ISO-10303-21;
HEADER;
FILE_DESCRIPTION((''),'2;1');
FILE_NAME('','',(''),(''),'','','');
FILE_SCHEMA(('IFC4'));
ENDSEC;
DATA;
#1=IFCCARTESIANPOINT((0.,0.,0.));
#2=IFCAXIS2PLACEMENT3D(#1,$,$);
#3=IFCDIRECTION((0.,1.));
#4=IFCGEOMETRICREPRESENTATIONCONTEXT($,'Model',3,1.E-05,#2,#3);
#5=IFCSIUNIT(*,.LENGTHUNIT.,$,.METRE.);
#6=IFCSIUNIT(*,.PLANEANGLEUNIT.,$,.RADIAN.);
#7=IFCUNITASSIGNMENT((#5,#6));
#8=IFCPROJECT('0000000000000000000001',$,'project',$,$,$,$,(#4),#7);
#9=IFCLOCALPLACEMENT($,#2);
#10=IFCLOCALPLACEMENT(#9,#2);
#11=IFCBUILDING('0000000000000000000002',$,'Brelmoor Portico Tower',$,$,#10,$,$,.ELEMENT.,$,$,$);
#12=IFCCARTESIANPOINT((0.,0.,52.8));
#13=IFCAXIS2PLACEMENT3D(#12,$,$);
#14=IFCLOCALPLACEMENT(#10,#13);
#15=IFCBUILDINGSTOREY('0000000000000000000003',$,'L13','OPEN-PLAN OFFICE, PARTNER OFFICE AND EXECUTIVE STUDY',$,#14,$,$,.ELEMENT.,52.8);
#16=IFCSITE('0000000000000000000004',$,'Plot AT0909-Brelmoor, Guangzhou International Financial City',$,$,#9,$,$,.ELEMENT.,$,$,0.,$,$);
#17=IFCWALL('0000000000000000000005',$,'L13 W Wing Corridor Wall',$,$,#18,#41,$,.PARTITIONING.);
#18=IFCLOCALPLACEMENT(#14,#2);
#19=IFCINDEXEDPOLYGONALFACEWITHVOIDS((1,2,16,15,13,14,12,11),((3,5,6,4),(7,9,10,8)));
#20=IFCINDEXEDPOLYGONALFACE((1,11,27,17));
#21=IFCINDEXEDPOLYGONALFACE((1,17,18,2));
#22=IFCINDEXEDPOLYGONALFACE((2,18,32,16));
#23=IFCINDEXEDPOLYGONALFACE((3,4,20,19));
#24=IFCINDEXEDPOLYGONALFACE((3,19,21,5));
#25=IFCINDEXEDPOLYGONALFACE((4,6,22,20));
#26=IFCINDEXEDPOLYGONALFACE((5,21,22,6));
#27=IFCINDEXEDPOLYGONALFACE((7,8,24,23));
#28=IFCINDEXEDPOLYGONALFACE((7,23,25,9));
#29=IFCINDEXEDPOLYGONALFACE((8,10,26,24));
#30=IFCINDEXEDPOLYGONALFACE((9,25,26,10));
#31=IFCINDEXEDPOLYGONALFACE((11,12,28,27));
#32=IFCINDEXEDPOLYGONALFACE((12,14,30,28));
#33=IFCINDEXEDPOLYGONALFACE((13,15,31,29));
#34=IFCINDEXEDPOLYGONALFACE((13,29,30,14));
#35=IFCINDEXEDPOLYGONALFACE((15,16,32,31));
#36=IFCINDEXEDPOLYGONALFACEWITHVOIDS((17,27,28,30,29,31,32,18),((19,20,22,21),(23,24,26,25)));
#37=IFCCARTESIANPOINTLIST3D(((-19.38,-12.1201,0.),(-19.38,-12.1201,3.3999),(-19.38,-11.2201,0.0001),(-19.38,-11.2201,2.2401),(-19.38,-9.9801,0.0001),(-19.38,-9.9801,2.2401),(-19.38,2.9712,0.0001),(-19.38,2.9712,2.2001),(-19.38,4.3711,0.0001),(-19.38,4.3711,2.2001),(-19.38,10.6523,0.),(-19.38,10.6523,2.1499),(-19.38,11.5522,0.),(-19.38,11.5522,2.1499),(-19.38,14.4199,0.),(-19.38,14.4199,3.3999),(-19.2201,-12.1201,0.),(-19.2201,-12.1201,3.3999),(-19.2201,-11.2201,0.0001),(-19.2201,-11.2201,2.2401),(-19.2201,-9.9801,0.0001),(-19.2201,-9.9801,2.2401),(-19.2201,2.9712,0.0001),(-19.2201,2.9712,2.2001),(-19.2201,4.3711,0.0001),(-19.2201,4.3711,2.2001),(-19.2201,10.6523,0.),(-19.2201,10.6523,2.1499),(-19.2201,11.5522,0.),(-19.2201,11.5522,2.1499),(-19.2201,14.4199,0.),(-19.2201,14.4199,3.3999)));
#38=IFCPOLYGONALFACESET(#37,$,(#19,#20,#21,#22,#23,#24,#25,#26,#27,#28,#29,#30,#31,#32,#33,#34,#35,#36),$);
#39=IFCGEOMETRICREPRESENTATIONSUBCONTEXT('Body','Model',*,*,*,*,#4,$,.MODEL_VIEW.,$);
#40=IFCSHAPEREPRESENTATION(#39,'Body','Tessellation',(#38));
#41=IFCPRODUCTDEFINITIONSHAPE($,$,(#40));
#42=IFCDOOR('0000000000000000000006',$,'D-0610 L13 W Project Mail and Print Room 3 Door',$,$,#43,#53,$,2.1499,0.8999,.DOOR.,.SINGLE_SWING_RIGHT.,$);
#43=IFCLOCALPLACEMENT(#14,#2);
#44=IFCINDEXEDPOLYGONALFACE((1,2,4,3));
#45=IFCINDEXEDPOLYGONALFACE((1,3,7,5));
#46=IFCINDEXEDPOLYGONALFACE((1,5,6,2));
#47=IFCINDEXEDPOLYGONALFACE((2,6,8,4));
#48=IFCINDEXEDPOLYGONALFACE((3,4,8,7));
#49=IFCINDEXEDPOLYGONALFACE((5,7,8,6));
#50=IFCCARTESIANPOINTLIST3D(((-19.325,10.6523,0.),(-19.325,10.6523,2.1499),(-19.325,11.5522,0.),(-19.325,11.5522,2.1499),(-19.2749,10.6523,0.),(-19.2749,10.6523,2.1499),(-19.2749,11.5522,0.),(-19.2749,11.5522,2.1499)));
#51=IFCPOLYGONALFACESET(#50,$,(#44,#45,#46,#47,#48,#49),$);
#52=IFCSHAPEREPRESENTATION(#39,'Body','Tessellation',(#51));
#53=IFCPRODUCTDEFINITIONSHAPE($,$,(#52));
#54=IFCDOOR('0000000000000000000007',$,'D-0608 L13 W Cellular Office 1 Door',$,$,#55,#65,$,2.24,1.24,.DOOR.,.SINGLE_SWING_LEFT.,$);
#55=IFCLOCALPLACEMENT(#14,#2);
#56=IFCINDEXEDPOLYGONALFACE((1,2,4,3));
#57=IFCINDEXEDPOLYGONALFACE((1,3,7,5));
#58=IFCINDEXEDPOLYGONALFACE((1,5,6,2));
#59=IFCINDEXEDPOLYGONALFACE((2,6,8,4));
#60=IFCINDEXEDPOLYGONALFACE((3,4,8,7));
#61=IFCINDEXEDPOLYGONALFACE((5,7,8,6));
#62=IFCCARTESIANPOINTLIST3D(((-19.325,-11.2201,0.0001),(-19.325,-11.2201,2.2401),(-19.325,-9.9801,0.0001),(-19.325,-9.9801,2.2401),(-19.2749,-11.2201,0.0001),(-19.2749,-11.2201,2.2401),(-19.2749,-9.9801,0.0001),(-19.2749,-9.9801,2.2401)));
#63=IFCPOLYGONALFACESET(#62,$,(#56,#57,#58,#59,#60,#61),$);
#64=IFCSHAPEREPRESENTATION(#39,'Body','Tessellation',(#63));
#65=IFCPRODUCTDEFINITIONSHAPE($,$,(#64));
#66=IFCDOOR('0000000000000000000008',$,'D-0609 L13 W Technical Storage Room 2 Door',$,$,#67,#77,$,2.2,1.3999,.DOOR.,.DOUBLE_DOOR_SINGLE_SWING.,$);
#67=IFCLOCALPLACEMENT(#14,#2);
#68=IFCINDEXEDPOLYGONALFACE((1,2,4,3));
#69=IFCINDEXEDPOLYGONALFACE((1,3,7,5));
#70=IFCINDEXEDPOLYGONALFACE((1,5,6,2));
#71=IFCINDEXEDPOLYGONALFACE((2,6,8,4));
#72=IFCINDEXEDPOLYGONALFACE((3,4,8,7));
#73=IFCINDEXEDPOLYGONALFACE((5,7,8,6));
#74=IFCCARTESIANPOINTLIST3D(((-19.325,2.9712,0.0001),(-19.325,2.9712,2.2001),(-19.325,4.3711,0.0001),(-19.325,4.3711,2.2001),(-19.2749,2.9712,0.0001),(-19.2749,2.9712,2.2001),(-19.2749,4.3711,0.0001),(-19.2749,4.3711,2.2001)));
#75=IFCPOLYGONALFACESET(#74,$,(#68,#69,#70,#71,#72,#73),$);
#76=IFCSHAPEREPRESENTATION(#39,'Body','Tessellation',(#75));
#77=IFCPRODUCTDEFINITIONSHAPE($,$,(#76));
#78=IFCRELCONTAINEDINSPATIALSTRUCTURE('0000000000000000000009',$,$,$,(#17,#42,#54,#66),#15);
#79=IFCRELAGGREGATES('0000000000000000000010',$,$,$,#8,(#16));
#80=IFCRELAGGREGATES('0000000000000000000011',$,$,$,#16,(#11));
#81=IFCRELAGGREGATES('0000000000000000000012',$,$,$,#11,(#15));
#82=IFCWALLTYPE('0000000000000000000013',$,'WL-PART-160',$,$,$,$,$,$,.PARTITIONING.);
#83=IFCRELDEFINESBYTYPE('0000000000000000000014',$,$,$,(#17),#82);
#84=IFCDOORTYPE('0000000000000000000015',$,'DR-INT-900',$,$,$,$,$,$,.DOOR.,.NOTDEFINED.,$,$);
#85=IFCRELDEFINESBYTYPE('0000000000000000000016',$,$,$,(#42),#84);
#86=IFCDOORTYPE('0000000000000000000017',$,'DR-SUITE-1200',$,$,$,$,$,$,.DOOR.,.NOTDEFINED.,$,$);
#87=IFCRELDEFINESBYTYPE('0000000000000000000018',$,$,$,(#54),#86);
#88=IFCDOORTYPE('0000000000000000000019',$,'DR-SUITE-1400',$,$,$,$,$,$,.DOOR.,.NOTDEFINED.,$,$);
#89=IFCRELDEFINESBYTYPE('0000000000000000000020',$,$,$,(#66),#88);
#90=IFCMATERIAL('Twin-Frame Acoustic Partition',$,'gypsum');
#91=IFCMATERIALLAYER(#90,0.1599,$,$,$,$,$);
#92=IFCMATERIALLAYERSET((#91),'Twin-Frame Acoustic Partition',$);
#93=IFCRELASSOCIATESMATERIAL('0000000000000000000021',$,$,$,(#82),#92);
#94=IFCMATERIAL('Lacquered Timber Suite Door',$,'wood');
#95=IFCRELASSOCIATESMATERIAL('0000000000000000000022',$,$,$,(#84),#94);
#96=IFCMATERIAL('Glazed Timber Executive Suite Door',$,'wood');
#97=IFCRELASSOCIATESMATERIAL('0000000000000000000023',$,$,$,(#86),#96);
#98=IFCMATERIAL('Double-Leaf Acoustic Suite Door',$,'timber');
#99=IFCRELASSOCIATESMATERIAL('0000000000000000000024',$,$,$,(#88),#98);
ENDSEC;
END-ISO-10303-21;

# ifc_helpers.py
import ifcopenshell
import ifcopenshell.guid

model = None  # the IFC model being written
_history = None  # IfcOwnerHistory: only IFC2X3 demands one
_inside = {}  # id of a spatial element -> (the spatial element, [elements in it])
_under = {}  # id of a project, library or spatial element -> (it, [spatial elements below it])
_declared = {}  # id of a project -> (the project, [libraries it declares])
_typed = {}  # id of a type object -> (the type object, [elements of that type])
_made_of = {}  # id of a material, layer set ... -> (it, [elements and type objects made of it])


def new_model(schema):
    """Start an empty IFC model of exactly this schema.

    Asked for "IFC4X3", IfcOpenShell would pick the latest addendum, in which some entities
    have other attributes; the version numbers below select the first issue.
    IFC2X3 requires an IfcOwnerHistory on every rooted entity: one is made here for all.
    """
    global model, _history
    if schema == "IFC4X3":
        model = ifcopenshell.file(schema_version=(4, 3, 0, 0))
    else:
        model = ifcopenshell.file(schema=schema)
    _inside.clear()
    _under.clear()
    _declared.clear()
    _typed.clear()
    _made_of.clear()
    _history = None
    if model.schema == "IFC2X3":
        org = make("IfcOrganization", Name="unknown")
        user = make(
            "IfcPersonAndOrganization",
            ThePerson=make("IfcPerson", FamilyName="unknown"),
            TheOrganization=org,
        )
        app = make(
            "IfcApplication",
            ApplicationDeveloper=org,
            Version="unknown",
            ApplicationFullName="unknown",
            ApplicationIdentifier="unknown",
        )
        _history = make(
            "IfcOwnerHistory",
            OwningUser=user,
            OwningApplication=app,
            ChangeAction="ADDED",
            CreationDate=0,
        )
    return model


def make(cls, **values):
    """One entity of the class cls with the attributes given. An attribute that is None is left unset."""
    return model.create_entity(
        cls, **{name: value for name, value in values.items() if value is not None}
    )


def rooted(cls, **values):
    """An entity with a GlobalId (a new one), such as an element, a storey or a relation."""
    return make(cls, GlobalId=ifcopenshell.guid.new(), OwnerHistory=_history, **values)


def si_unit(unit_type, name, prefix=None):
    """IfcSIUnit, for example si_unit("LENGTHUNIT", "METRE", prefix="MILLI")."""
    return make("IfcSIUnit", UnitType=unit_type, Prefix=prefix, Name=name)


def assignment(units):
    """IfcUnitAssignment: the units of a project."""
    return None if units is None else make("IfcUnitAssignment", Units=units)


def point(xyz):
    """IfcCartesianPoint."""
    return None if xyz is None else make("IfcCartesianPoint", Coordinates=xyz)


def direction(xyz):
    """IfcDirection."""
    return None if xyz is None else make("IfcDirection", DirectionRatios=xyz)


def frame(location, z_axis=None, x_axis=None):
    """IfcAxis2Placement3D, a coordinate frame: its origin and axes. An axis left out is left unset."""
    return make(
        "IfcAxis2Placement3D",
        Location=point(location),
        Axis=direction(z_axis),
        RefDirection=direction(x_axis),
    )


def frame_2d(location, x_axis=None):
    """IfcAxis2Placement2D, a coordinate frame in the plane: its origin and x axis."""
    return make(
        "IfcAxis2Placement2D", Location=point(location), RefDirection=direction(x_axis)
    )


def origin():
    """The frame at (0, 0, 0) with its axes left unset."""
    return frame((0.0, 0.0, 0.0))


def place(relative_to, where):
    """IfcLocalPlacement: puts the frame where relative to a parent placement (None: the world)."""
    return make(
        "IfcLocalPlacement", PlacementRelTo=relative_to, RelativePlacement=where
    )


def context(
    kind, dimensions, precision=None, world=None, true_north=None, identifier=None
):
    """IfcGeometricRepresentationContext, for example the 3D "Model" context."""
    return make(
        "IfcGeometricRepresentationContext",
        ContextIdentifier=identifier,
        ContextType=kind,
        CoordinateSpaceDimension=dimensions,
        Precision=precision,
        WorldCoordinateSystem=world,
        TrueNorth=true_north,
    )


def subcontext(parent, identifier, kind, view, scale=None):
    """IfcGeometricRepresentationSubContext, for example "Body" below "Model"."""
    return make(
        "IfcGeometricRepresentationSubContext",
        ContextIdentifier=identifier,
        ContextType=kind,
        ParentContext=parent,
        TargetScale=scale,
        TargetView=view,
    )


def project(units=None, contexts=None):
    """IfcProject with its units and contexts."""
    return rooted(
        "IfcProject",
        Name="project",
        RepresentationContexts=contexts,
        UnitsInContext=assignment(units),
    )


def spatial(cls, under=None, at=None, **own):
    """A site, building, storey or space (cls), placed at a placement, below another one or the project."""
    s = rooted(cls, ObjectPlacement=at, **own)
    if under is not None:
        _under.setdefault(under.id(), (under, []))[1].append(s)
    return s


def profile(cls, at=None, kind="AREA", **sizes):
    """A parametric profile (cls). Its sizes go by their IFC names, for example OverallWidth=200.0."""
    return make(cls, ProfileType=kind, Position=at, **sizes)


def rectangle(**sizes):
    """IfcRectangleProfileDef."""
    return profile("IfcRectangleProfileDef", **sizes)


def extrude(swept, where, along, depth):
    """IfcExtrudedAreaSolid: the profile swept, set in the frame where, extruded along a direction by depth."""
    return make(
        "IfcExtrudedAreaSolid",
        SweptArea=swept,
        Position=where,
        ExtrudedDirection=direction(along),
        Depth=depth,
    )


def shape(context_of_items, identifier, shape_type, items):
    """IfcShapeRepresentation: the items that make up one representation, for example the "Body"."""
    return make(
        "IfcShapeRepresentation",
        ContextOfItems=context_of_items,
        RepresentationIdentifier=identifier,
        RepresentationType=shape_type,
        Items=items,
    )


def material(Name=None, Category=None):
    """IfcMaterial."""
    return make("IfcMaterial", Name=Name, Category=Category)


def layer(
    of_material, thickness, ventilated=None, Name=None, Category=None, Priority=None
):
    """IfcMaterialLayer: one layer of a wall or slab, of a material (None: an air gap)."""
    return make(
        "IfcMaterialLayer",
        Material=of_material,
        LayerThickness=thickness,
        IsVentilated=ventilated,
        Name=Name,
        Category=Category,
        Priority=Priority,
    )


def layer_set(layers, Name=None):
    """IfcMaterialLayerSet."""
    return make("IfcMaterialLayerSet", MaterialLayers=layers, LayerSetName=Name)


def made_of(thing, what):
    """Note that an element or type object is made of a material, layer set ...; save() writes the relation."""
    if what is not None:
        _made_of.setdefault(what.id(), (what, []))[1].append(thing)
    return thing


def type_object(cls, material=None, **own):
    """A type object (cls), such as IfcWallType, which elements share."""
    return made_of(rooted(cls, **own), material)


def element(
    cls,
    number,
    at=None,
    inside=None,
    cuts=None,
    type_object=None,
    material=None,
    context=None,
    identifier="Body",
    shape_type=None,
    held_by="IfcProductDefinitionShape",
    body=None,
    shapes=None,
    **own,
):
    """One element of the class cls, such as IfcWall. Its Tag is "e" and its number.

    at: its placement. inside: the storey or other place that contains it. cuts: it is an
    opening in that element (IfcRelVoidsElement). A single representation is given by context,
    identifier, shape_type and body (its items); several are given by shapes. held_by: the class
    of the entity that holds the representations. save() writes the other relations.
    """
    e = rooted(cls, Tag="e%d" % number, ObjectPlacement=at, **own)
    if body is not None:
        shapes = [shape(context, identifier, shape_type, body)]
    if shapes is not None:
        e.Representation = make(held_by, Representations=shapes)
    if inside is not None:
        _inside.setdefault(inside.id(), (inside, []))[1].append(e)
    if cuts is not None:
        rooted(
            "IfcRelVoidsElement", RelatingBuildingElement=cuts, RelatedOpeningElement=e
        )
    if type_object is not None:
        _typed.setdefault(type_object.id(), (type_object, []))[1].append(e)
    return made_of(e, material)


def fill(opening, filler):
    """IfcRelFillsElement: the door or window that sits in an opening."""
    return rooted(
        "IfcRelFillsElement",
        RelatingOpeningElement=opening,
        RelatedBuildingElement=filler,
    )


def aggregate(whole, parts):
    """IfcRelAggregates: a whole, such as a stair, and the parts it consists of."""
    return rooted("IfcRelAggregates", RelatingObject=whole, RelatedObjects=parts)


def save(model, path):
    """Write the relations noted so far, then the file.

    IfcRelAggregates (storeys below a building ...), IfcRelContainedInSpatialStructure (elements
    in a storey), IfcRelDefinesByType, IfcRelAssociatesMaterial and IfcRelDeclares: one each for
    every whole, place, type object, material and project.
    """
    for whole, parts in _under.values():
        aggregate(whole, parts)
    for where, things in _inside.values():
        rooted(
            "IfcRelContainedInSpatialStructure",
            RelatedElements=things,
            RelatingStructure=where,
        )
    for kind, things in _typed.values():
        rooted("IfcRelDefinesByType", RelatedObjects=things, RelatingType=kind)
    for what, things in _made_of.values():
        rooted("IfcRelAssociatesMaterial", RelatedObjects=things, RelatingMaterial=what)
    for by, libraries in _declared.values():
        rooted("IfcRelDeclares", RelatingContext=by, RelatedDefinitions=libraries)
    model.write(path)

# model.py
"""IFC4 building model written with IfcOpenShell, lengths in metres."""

from ifc_helpers import new_model, si_unit, direction, frame, frame_2d, origin, place, context, subcontext, project, spatial, rectangle, extrude, material, layer, layer_set, type_object, element, fill, save


model = new_model("IFC4")

# Units and contexts
model_context = context("Model", 3, precision=1e-05, world=origin(), true_north=direction((0.0, 1.0)))
body_context = subcontext(model_context, "Body", "Model", "MODEL_VIEW")
ifc_project = project(units=[si_unit("LENGTHUNIT", "METRE"), si_unit("PLANEANGLEUNIT", "RADIAN")], contexts=[model_context])

# Site, building, storey
site_placement = place(None, origin())
site = spatial("IfcSite", under=ifc_project, at=site_placement, Name="Plot AT0909-Brelmoor, Guangzhou International Financial City", CompositionType="ELEMENT", RefElevation=0.0)
building_placement = place(site_placement, origin())
building = spatial("IfcBuilding", under=site, at=building_placement, Name="Brelmoor Portico Tower", CompositionType="ELEMENT")
storey_placement = place(building_placement, frame((0.0, 0.0, 52.8)))
storey = spatial("IfcBuildingStorey", under=building, at=storey_placement, Name="L13", Description="OPEN-PLAN OFFICE, PARTNER OFFICE AND EXECUTIVE STUDY", CompositionType="ELEMENT", Elevation=52.8)

# Shared definitions
ifc_material_1 = material(Name="Twin-Frame Acoustic Partition", Category="gypsum")
ifc_layer_1 = layer(ifc_material_1, 0.1599)
ifc_layer_set_1 = layer_set([ifc_layer_1], Name="Twin-Frame Acoustic Partition")
wall_type_1 = type_object("IfcWallType", Name="WL-PART-160", PredefinedType="PARTITIONING", material=ifc_layer_set_1)

# Wall, openings, doors
wall_1_placement = place(storey_placement, frame((-19.3, -12.1201, 0.0), z_axis=(0.0, 0.0, 1.0), x_axis=(0.0, 1.0, 0.0)))
wall_1 = element("IfcWall", 1, at=wall_1_placement, inside=storey, type_object=wall_type_1, Name="L13 W Wing Corridor Wall", PredefinedType="PARTITIONING", context=body_context, shape_type="SweptSolid", body=[
    extrude(rectangle(XDim=26.54, YDim=0.1599, at=frame_2d((13.27, 0.0))), origin(), (0.0, 0.0, 1.0), 3.3999),
])
opening_1_placement = place(wall_1_placement, frame((0.8999, 0.0, 0.0)))
opening_1 = element("IfcOpeningElement", 2, at=opening_1_placement, cuts=wall_1, PredefinedType="OPENING", context=body_context, shape_type="SweptSolid", body=[
    extrude(rectangle(XDim=1.24, YDim=2.24, at=frame_2d((0.6201, 1.1201))), frame((0.0, 0.0898, 0.0), z_axis=(0.0, -1.0, 0.0), x_axis=(1.0, 0.0, 0.0)), (0.0, 0.0, 1.0), 0.1799),
])
opening_2_placement = place(wall_1_placement, frame((15.0913, 0.0, 0.0)))
opening_2 = element("IfcOpeningElement", 3, at=opening_2_placement, cuts=wall_1, PredefinedType="OPENING", context=body_context, shape_type="SweptSolid", body=[
    extrude(rectangle(XDim=1.3999, YDim=2.2, at=frame_2d((0.7, 1.1001))), frame((0.0, 0.0898, 0.0), z_axis=(0.0, -1.0, 0.0), x_axis=(1.0, 0.0, 0.0)), (0.0, 0.0, 1.0), 0.1799),
])
opening_3_placement = place(wall_1_placement, frame((22.7725, 0.0, 0.0)))
opening_3 = element("IfcOpeningElement", 4, at=opening_3_placement, cuts=wall_1, PredefinedType="OPENING", context=body_context, shape_type="SweptSolid", body=[
    extrude(rectangle(XDim=0.8999, YDim=2.1499, at=frame_2d((0.45, 1.075))), frame((0.0, 0.0898, 0.0), z_axis=(0.0, -1.0, 0.0), x_axis=(1.0, 0.0, 0.0)), (0.0, 0.0, 1.0), 0.1799),
])
ifc_material_2 = material(Name="Lacquered Timber Suite Door", Category="wood")
door_type_1 = type_object("IfcDoorType", Name="DR-INT-900", OperationType="NOTDEFINED", PredefinedType="DOOR", material=ifc_material_2)
door_1_placement = place(opening_3_placement, origin())
door_1 = element("IfcDoor", 5, at=door_1_placement, inside=storey, type_object=door_type_1, Name="D-0610 L13 W Project Mail and Print Room 3 Door", OperationType="SINGLE_SWING_RIGHT", OverallHeight=2.1499, OverallWidth=0.8999, PredefinedType="DOOR", context=body_context, shape_type="SweptSolid", body=[
    extrude(rectangle(XDim=0.8999, YDim=2.1499, at=frame_2d((0.45, 1.075))), frame((0.0, 0.0249, 0.0), z_axis=(0.0, -1.0, 0.0), x_axis=(1.0, 0.0, 0.0)), (0.0, 0.0, 1.0), 0.05),
])
fill(opening_3, door_1)
ifc_material_3 = material(Name="Glazed Timber Executive Suite Door", Category="wood")
door_type_2 = type_object("IfcDoorType", Name="DR-SUITE-1200", OperationType="NOTDEFINED", PredefinedType="DOOR", material=ifc_material_3)
door_2_placement = place(opening_1_placement, origin())
door_2 = element("IfcDoor", 6, at=door_2_placement, inside=storey, type_object=door_type_2, Name="D-0608 L13 W Cellular Office 1 Door", OperationType="SINGLE_SWING_LEFT", OverallHeight=2.24, OverallWidth=1.24, PredefinedType="DOOR", context=body_context, shape_type="SweptSolid", body=[
    extrude(rectangle(XDim=1.24, YDim=2.24, at=frame_2d((0.6201, 1.1201))), frame((0.0, 0.0249, 0.0), z_axis=(0.0, -1.0, 0.0), x_axis=(1.0, 0.0, 0.0)), (0.0, 0.0, 1.0), 0.05),
])
fill(opening_1, door_2)
ifc_material_4 = material(Name="Double-Leaf Acoustic Suite Door", Category="timber")
door_type_3 = type_object("IfcDoorType", Name="DR-SUITE-1400", OperationType="NOTDEFINED", PredefinedType="DOOR", material=ifc_material_4)
door_3_placement = place(opening_2_placement, origin())
door_3 = element("IfcDoor", 7, at=door_3_placement, inside=storey, type_object=door_type_3, Name="D-0609 L13 W Technical Storage Room 2 Door", OperationType="DOUBLE_DOOR_SINGLE_SWING", OverallHeight=2.2, OverallWidth=1.3999, PredefinedType="DOOR", context=body_context, shape_type="SweptSolid", body=[
    extrude(rectangle(XDim=1.3999, YDim=2.2, at=frame_2d((0.7, 1.1001))), frame((0.0, 0.0249, 0.0), z_axis=(0.0, -1.0, 0.0), x_axis=(1.0, 0.0, 0.0)), (0.0, 0.0, 1.0), 0.05),
])
fill(opening_2, door_3)

save(model, "model.ifc")
